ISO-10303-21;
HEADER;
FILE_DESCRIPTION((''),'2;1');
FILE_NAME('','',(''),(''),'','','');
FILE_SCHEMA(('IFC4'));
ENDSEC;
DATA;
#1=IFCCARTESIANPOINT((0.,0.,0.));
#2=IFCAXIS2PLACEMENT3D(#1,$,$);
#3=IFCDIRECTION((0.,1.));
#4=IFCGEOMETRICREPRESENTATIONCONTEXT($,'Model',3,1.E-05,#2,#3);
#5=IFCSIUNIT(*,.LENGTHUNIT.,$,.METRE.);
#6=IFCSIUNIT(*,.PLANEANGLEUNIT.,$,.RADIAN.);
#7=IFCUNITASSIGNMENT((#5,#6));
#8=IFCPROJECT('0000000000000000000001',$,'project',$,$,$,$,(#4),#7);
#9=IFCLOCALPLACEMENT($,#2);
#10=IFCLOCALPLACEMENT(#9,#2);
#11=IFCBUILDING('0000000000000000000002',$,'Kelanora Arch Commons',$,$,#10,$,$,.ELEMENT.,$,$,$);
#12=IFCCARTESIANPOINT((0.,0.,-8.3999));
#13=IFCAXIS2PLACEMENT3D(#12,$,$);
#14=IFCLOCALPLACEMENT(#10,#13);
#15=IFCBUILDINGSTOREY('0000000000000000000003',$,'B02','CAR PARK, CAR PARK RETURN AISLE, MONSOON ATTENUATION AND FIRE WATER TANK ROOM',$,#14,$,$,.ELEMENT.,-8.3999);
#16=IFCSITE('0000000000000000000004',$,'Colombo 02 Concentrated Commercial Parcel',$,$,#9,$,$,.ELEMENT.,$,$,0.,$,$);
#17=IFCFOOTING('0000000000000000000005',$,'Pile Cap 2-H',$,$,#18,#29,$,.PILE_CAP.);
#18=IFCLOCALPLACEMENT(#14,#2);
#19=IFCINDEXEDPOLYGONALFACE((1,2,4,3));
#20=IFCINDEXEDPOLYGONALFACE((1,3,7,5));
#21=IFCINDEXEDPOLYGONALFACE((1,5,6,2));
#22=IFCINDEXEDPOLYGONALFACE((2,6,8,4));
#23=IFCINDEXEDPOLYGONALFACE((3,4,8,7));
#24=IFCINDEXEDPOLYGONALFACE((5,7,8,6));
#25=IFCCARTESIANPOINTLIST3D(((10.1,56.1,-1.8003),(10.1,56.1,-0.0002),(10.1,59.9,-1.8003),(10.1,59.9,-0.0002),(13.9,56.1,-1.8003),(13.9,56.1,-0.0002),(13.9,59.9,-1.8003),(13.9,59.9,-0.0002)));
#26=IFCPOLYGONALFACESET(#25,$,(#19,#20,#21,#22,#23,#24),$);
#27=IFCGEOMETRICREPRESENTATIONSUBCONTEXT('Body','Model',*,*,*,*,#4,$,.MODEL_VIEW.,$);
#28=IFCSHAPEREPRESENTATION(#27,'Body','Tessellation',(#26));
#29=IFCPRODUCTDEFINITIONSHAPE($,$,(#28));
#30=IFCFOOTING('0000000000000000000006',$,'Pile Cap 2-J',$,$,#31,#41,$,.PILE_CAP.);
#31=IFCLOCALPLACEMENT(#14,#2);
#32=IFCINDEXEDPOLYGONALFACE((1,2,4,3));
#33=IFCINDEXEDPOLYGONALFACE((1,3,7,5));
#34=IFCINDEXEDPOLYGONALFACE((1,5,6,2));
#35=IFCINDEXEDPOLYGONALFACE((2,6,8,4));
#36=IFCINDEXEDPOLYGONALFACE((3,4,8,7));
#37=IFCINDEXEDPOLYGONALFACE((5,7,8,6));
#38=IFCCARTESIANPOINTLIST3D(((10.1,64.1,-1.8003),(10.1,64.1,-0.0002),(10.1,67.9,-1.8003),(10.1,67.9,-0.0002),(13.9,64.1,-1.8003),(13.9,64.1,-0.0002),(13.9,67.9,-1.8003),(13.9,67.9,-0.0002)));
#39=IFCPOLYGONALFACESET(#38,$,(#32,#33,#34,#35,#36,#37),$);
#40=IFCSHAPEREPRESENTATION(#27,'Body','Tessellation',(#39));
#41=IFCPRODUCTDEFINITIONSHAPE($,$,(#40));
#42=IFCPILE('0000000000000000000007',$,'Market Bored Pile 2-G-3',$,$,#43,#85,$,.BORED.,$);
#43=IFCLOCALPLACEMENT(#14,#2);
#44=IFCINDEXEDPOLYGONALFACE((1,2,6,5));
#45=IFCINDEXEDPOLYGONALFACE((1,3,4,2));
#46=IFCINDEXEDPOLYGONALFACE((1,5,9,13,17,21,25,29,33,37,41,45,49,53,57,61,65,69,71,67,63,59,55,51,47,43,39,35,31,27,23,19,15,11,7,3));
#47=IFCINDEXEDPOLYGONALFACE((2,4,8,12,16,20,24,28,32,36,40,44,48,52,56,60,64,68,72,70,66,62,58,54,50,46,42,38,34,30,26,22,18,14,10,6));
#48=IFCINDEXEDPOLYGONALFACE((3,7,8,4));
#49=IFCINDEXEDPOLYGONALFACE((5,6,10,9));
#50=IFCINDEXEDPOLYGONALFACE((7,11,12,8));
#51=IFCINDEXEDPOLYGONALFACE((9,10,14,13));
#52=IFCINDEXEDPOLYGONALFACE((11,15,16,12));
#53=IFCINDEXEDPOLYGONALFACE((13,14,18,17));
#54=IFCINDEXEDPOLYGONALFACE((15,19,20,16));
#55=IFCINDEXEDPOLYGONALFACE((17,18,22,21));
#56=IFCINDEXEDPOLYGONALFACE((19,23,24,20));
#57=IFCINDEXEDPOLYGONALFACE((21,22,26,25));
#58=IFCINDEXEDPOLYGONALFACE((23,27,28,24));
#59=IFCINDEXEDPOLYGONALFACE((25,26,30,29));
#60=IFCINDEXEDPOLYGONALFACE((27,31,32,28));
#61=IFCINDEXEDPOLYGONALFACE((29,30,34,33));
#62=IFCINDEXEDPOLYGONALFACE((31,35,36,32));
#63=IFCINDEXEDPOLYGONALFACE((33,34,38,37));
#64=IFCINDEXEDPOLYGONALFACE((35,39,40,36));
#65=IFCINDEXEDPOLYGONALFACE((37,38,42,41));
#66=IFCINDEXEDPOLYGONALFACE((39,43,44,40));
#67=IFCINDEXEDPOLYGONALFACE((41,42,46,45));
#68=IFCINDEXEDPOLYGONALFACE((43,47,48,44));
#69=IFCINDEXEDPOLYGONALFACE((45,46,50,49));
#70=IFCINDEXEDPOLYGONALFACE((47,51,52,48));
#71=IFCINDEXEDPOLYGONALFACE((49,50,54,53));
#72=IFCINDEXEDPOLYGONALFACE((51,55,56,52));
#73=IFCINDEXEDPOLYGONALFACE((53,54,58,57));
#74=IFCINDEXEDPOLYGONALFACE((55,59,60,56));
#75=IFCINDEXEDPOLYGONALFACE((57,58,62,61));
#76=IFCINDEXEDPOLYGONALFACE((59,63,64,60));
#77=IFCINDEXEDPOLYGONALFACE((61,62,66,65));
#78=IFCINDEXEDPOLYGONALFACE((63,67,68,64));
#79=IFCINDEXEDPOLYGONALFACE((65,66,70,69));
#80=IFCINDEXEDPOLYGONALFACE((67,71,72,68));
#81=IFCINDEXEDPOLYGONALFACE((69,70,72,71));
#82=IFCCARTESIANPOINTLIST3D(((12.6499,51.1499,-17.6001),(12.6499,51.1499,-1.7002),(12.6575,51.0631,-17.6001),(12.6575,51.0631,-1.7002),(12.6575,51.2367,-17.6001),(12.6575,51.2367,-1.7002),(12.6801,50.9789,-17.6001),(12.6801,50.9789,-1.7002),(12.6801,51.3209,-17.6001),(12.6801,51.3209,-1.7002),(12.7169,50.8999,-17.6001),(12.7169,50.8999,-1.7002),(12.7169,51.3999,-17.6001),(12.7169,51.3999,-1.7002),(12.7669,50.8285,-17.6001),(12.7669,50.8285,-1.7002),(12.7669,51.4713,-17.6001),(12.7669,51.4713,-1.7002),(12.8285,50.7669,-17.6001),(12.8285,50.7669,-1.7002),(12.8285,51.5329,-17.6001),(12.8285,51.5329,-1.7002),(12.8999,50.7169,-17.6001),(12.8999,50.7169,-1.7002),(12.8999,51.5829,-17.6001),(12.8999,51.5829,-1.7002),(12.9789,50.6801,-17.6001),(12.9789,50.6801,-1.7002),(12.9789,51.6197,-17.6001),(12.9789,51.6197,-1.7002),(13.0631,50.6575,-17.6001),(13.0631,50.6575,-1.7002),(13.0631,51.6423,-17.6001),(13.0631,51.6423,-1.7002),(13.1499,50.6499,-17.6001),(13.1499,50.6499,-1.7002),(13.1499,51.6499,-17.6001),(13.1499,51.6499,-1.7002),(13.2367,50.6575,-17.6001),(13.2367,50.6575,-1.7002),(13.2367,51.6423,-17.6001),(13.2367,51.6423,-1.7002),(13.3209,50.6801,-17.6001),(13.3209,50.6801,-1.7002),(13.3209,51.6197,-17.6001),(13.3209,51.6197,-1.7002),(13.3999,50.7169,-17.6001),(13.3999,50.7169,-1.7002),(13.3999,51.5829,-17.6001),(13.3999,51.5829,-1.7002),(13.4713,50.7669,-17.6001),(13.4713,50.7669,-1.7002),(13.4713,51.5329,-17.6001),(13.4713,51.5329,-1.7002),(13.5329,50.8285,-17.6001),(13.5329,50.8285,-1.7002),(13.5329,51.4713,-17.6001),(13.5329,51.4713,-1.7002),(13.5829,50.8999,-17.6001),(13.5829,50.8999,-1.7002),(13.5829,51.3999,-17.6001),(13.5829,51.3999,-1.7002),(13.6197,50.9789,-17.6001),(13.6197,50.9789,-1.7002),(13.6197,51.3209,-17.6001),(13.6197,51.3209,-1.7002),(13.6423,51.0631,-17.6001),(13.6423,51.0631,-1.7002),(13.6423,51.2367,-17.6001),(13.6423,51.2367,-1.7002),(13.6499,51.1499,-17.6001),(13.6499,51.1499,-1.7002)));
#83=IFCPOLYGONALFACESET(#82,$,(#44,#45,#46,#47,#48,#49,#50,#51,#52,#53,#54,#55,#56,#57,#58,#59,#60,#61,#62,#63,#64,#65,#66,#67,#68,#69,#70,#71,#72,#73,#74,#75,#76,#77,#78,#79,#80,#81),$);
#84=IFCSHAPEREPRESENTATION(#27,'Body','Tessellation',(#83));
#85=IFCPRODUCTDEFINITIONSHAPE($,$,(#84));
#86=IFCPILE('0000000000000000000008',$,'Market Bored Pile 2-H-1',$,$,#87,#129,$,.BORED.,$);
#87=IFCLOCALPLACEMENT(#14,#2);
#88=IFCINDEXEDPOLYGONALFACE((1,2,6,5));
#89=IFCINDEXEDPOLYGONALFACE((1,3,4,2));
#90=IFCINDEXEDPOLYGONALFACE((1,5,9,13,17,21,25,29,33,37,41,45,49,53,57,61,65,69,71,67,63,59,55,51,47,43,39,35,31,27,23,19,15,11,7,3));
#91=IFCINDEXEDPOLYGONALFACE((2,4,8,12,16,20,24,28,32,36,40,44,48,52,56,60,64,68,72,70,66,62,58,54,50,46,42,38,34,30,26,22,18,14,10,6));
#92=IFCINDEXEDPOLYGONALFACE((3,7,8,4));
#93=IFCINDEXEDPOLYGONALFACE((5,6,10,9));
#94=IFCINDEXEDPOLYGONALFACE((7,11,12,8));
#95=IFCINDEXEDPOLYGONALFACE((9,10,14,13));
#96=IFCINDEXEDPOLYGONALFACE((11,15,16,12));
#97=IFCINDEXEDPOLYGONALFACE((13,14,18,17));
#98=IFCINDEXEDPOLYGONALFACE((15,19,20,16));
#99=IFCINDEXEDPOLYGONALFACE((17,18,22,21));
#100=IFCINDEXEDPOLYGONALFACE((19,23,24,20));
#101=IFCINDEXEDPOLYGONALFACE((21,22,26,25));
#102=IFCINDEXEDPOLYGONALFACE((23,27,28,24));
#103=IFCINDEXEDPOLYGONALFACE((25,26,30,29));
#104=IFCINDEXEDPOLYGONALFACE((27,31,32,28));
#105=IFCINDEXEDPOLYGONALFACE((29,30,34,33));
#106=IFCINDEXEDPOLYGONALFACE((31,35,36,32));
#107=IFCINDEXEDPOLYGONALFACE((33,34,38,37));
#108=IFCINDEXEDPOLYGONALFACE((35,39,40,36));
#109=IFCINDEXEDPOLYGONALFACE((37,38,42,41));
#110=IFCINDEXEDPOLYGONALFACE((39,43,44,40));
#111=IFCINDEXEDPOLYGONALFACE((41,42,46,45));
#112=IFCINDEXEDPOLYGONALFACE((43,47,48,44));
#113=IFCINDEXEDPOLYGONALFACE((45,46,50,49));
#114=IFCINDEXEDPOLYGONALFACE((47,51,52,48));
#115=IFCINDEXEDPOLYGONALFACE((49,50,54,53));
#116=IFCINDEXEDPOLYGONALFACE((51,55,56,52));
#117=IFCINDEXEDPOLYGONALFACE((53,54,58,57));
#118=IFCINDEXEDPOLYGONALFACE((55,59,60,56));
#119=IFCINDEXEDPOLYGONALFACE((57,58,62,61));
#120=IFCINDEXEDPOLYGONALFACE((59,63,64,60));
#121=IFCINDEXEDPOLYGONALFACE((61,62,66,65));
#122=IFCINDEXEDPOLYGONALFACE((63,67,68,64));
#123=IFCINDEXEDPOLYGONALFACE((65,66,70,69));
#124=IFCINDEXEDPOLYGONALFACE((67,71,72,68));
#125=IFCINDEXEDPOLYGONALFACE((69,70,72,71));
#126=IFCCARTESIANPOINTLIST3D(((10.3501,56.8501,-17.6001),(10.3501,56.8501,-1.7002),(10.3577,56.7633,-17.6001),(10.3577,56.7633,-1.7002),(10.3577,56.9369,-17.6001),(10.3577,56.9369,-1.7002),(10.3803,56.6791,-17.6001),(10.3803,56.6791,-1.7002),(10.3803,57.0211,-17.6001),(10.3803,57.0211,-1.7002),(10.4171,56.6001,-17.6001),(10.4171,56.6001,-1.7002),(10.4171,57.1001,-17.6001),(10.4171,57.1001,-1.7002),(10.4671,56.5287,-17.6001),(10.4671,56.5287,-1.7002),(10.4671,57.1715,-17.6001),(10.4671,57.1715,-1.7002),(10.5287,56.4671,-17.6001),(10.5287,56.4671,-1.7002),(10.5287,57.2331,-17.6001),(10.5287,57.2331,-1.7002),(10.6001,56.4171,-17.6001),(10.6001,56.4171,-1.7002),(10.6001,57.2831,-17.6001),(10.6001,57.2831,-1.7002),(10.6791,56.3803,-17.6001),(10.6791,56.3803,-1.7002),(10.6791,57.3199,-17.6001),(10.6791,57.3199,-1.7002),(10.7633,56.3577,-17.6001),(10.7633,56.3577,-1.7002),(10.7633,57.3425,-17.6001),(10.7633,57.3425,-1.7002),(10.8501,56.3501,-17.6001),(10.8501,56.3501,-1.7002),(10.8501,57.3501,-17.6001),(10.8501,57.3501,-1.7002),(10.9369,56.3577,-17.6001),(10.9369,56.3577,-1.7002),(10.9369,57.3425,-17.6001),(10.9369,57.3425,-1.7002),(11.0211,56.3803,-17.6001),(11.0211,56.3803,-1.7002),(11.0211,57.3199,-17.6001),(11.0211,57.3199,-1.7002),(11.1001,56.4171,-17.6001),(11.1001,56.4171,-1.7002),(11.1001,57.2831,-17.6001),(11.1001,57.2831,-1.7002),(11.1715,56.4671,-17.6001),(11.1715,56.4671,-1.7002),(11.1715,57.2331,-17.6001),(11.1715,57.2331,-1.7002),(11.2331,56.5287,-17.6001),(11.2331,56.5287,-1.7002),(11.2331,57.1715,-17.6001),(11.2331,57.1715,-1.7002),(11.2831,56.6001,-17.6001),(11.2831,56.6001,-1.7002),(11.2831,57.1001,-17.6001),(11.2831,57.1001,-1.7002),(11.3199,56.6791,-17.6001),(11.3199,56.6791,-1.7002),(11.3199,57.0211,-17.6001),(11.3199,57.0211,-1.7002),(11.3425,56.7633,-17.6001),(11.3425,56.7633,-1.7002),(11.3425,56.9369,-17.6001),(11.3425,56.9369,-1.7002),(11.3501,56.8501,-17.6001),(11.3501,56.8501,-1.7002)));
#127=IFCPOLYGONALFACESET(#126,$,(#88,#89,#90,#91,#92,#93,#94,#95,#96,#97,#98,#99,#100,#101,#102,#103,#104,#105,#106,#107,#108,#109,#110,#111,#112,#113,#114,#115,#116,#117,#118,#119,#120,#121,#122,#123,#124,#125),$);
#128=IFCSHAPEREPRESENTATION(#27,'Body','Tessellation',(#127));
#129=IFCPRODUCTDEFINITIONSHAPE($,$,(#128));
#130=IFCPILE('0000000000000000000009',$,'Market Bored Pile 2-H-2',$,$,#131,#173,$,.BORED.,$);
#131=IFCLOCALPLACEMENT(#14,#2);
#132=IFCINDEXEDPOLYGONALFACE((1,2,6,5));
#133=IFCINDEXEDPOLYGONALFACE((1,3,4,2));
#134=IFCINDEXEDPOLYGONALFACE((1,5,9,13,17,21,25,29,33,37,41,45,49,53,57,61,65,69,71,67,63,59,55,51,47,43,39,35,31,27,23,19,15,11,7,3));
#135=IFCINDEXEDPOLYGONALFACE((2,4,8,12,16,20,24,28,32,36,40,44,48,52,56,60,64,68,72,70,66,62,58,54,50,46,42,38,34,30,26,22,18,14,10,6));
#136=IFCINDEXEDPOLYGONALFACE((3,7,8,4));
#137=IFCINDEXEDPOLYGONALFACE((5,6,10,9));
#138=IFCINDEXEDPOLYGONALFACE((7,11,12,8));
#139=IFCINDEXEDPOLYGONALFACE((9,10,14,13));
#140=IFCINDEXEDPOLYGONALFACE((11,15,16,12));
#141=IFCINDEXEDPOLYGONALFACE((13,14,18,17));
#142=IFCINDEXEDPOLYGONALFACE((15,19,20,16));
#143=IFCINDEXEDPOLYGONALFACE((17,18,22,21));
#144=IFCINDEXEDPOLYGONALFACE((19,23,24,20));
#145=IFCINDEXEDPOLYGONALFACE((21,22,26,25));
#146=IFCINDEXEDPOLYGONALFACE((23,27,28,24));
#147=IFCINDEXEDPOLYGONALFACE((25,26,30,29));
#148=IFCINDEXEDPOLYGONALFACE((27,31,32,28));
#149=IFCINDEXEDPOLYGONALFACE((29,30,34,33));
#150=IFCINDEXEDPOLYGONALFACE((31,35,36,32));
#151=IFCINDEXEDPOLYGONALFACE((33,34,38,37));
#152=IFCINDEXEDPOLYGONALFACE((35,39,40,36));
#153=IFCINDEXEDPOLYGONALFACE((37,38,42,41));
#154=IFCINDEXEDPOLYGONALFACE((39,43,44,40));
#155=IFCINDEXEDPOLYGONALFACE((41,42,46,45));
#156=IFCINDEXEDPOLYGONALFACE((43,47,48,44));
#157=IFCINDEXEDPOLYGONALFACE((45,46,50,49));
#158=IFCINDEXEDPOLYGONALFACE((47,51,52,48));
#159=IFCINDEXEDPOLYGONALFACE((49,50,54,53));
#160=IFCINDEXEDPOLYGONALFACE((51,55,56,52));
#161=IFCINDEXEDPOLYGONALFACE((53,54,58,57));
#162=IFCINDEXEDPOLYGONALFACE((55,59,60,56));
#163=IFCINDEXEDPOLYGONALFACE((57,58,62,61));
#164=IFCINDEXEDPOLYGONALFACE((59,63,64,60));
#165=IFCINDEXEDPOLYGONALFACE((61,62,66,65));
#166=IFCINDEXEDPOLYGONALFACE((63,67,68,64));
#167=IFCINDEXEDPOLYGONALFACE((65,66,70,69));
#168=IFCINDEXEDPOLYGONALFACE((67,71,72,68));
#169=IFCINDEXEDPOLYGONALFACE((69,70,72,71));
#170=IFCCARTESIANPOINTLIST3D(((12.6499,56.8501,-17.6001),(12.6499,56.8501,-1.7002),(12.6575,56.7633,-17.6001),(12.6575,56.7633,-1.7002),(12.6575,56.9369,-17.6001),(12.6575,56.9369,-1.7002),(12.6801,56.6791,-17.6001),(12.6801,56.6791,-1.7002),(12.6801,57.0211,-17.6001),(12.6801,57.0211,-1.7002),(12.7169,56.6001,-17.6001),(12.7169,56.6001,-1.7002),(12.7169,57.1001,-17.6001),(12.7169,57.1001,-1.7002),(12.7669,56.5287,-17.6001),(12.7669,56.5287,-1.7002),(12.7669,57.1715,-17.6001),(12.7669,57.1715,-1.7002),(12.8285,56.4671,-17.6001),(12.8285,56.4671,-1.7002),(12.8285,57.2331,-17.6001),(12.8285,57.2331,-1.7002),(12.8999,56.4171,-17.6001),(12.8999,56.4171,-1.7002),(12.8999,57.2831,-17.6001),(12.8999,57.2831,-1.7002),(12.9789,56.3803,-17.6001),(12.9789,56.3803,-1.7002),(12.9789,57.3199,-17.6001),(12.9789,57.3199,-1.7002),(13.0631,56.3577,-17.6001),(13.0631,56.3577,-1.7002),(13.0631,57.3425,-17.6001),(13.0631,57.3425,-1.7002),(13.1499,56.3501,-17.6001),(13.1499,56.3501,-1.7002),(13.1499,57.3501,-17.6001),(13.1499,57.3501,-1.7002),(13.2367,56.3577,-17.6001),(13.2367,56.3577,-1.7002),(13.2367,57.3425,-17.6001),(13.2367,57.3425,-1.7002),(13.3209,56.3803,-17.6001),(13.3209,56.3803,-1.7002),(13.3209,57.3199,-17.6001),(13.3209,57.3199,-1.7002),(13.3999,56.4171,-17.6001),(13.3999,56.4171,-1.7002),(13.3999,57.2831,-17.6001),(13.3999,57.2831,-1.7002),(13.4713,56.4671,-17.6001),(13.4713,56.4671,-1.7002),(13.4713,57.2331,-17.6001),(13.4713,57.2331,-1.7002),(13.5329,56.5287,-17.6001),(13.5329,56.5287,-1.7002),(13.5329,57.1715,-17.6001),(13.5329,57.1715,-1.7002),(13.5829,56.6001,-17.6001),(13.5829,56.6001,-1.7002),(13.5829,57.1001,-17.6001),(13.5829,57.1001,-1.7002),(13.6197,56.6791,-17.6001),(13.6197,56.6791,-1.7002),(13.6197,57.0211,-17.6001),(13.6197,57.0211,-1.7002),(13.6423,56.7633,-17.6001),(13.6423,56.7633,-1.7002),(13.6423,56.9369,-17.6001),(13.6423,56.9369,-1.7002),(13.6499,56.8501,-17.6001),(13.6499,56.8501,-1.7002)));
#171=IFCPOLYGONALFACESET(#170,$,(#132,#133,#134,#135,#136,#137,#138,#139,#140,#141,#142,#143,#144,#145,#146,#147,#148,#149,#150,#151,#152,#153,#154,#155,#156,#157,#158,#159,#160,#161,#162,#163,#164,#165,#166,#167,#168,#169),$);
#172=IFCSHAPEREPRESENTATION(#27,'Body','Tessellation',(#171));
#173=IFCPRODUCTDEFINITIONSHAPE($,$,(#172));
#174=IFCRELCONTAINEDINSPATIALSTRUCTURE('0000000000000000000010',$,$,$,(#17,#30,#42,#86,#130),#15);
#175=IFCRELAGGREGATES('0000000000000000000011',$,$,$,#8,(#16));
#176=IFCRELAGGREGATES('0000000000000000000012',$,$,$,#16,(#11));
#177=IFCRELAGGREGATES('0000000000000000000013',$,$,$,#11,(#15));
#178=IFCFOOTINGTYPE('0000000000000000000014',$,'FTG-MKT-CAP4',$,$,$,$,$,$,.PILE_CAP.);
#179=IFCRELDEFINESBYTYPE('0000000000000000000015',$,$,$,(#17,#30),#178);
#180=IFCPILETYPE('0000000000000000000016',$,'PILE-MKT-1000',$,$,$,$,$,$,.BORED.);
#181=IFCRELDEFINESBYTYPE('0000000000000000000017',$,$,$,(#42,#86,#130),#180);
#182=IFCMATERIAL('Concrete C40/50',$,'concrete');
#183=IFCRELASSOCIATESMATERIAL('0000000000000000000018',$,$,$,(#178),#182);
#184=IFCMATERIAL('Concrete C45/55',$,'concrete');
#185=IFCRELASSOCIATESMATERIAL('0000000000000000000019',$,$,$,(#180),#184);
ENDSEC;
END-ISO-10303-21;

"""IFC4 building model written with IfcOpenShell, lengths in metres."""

from ifc_helpers import new_model, si_unit, direction, frame, origin, origin_2d, place, context, subcontext, project, spatial, rectangle, circle, extrude, source, transform, mapped, material, material_profile, profile_set, type_object, element, save


model = new_model("IFC4")

# Units and contexts
model_context = context("Model", 3, precision=1e-05, world=origin(), true_north=direction((0.0, 1.0)))
body_context = subcontext(model_context, "Body", "Model", "MODEL_VIEW")
ifc_project = project(units=[si_unit("LENGTHUNIT", "METRE"), si_unit("PLANEANGLEUNIT", "RADIAN")], contexts=[model_context])

# Site, building, storey
site_placement = place(None, origin())
site = spatial("IfcSite", under=ifc_project, at=site_placement, Name="Colombo 02 Concentrated Commercial Parcel", CompositionType="ELEMENT", RefElevation=0.0)
building_placement = place(site_placement, origin())
building = spatial("IfcBuilding", under=site, at=building_placement, Name="Kelanora Arch Commons", CompositionType="ELEMENT")
storey_placement = place(building_placement, frame((0.0, 0.0, -8.3999)))
storey = spatial("IfcBuildingStorey", under=building, at=storey_placement, Name="B02", Description="CAR PARK, CAR PARK RETURN AISLE, MONSOON ATTENUATION AND FIRE WATER TANK ROOM", CompositionType="ELEMENT", Elevation=-8.3999)

# Footings
ifc_material_1 = material(Name="Concrete C40/50", Category="concrete")
footing_type_1 = type_object("IfcFootingType", Name="FTG-MKT-CAP4", PredefinedType="PILE_CAP", material=ifc_material_1)
shared_shape_1 = source(origin(), body_context, "Body", "SweptSolid", [
    extrude(rectangle(XDim=3.8, YDim=3.8, at=origin_2d()), origin(), (0.0, 0.0, 1.0), 1.8),
])
for number, where, z_axis, x_axis, name in (
    (1, (12.0, 58.0, -1.8003), (0.0, 0.0, 1.0), (1.0, 0.0, 0.0), "Pile Cap 2-H"),
    (2, (12.0, 66.0, -1.8003), (0.0, 0.0, 1.0), (1.0, 0.0, 0.0), "Pile Cap 2-J"),
):
    element("IfcFooting", number, at=place(storey_placement, frame(where, z_axis=z_axis, x_axis=x_axis)), inside=storey, type_object=footing_type_1, Name=name, PredefinedType="PILE_CAP", context=body_context, shape_type="MappedRepresentation", body=[
        mapped(shared_shape_1, transform((0.0, 0.0, 0.0), scale=1.0)),
    ])

# Piles
ifc_material_2 = material(Name="Concrete C45/55", Category="concrete")
ifc_material_profile_1 = material_profile(ifc_material_2, circle(Radius=0.5, at=origin_2d()), Name="PILE1000")
ifc_profile_set_1 = profile_set([ifc_material_profile_1], Name="Concrete C45/55")
pile_type = type_object("IfcPileType", Name="PILE-MKT-1000", PredefinedType="BORED", material=ifc_profile_set_1)
shared_shape_2 = source(origin(), body_context, "Body", "SweptSolid", [
    extrude(circle(Radius=0.5, at=origin_2d()), origin(), (0.0, 0.0, 1.0), 15.8999),
])
for number, where, z_axis, x_axis, name in (
    (3, (13.1499, 51.1499, -1.7002), (0.0, 0.0, -1.0), (1.0, 0.0, 0.0), "Market Bored Pile 2-G-3"),
    (4, (10.8501, 56.8501, -1.7002), (0.0, 0.0, -1.0), (1.0, 0.0, 0.0), "Market Bored Pile 2-H-1"),
    (5, (13.1499, 56.8501, -1.7002), (0.0, 0.0, -1.0), (1.0, 0.0, 0.0), "Market Bored Pile 2-H-2"),
):
    element("IfcPile", number, at=place(storey_placement, frame(where, z_axis=z_axis, x_axis=x_axis)), inside=storey, type_object=pile_type, Name=name, PredefinedType="BORED", context=body_context, shape_type="MappedRepresentation", body=[
        mapped(shared_shape_2, transform((0.0, 0.0, 0.0), scale=1.0)),
    ])

save(model, "model.ifc")
